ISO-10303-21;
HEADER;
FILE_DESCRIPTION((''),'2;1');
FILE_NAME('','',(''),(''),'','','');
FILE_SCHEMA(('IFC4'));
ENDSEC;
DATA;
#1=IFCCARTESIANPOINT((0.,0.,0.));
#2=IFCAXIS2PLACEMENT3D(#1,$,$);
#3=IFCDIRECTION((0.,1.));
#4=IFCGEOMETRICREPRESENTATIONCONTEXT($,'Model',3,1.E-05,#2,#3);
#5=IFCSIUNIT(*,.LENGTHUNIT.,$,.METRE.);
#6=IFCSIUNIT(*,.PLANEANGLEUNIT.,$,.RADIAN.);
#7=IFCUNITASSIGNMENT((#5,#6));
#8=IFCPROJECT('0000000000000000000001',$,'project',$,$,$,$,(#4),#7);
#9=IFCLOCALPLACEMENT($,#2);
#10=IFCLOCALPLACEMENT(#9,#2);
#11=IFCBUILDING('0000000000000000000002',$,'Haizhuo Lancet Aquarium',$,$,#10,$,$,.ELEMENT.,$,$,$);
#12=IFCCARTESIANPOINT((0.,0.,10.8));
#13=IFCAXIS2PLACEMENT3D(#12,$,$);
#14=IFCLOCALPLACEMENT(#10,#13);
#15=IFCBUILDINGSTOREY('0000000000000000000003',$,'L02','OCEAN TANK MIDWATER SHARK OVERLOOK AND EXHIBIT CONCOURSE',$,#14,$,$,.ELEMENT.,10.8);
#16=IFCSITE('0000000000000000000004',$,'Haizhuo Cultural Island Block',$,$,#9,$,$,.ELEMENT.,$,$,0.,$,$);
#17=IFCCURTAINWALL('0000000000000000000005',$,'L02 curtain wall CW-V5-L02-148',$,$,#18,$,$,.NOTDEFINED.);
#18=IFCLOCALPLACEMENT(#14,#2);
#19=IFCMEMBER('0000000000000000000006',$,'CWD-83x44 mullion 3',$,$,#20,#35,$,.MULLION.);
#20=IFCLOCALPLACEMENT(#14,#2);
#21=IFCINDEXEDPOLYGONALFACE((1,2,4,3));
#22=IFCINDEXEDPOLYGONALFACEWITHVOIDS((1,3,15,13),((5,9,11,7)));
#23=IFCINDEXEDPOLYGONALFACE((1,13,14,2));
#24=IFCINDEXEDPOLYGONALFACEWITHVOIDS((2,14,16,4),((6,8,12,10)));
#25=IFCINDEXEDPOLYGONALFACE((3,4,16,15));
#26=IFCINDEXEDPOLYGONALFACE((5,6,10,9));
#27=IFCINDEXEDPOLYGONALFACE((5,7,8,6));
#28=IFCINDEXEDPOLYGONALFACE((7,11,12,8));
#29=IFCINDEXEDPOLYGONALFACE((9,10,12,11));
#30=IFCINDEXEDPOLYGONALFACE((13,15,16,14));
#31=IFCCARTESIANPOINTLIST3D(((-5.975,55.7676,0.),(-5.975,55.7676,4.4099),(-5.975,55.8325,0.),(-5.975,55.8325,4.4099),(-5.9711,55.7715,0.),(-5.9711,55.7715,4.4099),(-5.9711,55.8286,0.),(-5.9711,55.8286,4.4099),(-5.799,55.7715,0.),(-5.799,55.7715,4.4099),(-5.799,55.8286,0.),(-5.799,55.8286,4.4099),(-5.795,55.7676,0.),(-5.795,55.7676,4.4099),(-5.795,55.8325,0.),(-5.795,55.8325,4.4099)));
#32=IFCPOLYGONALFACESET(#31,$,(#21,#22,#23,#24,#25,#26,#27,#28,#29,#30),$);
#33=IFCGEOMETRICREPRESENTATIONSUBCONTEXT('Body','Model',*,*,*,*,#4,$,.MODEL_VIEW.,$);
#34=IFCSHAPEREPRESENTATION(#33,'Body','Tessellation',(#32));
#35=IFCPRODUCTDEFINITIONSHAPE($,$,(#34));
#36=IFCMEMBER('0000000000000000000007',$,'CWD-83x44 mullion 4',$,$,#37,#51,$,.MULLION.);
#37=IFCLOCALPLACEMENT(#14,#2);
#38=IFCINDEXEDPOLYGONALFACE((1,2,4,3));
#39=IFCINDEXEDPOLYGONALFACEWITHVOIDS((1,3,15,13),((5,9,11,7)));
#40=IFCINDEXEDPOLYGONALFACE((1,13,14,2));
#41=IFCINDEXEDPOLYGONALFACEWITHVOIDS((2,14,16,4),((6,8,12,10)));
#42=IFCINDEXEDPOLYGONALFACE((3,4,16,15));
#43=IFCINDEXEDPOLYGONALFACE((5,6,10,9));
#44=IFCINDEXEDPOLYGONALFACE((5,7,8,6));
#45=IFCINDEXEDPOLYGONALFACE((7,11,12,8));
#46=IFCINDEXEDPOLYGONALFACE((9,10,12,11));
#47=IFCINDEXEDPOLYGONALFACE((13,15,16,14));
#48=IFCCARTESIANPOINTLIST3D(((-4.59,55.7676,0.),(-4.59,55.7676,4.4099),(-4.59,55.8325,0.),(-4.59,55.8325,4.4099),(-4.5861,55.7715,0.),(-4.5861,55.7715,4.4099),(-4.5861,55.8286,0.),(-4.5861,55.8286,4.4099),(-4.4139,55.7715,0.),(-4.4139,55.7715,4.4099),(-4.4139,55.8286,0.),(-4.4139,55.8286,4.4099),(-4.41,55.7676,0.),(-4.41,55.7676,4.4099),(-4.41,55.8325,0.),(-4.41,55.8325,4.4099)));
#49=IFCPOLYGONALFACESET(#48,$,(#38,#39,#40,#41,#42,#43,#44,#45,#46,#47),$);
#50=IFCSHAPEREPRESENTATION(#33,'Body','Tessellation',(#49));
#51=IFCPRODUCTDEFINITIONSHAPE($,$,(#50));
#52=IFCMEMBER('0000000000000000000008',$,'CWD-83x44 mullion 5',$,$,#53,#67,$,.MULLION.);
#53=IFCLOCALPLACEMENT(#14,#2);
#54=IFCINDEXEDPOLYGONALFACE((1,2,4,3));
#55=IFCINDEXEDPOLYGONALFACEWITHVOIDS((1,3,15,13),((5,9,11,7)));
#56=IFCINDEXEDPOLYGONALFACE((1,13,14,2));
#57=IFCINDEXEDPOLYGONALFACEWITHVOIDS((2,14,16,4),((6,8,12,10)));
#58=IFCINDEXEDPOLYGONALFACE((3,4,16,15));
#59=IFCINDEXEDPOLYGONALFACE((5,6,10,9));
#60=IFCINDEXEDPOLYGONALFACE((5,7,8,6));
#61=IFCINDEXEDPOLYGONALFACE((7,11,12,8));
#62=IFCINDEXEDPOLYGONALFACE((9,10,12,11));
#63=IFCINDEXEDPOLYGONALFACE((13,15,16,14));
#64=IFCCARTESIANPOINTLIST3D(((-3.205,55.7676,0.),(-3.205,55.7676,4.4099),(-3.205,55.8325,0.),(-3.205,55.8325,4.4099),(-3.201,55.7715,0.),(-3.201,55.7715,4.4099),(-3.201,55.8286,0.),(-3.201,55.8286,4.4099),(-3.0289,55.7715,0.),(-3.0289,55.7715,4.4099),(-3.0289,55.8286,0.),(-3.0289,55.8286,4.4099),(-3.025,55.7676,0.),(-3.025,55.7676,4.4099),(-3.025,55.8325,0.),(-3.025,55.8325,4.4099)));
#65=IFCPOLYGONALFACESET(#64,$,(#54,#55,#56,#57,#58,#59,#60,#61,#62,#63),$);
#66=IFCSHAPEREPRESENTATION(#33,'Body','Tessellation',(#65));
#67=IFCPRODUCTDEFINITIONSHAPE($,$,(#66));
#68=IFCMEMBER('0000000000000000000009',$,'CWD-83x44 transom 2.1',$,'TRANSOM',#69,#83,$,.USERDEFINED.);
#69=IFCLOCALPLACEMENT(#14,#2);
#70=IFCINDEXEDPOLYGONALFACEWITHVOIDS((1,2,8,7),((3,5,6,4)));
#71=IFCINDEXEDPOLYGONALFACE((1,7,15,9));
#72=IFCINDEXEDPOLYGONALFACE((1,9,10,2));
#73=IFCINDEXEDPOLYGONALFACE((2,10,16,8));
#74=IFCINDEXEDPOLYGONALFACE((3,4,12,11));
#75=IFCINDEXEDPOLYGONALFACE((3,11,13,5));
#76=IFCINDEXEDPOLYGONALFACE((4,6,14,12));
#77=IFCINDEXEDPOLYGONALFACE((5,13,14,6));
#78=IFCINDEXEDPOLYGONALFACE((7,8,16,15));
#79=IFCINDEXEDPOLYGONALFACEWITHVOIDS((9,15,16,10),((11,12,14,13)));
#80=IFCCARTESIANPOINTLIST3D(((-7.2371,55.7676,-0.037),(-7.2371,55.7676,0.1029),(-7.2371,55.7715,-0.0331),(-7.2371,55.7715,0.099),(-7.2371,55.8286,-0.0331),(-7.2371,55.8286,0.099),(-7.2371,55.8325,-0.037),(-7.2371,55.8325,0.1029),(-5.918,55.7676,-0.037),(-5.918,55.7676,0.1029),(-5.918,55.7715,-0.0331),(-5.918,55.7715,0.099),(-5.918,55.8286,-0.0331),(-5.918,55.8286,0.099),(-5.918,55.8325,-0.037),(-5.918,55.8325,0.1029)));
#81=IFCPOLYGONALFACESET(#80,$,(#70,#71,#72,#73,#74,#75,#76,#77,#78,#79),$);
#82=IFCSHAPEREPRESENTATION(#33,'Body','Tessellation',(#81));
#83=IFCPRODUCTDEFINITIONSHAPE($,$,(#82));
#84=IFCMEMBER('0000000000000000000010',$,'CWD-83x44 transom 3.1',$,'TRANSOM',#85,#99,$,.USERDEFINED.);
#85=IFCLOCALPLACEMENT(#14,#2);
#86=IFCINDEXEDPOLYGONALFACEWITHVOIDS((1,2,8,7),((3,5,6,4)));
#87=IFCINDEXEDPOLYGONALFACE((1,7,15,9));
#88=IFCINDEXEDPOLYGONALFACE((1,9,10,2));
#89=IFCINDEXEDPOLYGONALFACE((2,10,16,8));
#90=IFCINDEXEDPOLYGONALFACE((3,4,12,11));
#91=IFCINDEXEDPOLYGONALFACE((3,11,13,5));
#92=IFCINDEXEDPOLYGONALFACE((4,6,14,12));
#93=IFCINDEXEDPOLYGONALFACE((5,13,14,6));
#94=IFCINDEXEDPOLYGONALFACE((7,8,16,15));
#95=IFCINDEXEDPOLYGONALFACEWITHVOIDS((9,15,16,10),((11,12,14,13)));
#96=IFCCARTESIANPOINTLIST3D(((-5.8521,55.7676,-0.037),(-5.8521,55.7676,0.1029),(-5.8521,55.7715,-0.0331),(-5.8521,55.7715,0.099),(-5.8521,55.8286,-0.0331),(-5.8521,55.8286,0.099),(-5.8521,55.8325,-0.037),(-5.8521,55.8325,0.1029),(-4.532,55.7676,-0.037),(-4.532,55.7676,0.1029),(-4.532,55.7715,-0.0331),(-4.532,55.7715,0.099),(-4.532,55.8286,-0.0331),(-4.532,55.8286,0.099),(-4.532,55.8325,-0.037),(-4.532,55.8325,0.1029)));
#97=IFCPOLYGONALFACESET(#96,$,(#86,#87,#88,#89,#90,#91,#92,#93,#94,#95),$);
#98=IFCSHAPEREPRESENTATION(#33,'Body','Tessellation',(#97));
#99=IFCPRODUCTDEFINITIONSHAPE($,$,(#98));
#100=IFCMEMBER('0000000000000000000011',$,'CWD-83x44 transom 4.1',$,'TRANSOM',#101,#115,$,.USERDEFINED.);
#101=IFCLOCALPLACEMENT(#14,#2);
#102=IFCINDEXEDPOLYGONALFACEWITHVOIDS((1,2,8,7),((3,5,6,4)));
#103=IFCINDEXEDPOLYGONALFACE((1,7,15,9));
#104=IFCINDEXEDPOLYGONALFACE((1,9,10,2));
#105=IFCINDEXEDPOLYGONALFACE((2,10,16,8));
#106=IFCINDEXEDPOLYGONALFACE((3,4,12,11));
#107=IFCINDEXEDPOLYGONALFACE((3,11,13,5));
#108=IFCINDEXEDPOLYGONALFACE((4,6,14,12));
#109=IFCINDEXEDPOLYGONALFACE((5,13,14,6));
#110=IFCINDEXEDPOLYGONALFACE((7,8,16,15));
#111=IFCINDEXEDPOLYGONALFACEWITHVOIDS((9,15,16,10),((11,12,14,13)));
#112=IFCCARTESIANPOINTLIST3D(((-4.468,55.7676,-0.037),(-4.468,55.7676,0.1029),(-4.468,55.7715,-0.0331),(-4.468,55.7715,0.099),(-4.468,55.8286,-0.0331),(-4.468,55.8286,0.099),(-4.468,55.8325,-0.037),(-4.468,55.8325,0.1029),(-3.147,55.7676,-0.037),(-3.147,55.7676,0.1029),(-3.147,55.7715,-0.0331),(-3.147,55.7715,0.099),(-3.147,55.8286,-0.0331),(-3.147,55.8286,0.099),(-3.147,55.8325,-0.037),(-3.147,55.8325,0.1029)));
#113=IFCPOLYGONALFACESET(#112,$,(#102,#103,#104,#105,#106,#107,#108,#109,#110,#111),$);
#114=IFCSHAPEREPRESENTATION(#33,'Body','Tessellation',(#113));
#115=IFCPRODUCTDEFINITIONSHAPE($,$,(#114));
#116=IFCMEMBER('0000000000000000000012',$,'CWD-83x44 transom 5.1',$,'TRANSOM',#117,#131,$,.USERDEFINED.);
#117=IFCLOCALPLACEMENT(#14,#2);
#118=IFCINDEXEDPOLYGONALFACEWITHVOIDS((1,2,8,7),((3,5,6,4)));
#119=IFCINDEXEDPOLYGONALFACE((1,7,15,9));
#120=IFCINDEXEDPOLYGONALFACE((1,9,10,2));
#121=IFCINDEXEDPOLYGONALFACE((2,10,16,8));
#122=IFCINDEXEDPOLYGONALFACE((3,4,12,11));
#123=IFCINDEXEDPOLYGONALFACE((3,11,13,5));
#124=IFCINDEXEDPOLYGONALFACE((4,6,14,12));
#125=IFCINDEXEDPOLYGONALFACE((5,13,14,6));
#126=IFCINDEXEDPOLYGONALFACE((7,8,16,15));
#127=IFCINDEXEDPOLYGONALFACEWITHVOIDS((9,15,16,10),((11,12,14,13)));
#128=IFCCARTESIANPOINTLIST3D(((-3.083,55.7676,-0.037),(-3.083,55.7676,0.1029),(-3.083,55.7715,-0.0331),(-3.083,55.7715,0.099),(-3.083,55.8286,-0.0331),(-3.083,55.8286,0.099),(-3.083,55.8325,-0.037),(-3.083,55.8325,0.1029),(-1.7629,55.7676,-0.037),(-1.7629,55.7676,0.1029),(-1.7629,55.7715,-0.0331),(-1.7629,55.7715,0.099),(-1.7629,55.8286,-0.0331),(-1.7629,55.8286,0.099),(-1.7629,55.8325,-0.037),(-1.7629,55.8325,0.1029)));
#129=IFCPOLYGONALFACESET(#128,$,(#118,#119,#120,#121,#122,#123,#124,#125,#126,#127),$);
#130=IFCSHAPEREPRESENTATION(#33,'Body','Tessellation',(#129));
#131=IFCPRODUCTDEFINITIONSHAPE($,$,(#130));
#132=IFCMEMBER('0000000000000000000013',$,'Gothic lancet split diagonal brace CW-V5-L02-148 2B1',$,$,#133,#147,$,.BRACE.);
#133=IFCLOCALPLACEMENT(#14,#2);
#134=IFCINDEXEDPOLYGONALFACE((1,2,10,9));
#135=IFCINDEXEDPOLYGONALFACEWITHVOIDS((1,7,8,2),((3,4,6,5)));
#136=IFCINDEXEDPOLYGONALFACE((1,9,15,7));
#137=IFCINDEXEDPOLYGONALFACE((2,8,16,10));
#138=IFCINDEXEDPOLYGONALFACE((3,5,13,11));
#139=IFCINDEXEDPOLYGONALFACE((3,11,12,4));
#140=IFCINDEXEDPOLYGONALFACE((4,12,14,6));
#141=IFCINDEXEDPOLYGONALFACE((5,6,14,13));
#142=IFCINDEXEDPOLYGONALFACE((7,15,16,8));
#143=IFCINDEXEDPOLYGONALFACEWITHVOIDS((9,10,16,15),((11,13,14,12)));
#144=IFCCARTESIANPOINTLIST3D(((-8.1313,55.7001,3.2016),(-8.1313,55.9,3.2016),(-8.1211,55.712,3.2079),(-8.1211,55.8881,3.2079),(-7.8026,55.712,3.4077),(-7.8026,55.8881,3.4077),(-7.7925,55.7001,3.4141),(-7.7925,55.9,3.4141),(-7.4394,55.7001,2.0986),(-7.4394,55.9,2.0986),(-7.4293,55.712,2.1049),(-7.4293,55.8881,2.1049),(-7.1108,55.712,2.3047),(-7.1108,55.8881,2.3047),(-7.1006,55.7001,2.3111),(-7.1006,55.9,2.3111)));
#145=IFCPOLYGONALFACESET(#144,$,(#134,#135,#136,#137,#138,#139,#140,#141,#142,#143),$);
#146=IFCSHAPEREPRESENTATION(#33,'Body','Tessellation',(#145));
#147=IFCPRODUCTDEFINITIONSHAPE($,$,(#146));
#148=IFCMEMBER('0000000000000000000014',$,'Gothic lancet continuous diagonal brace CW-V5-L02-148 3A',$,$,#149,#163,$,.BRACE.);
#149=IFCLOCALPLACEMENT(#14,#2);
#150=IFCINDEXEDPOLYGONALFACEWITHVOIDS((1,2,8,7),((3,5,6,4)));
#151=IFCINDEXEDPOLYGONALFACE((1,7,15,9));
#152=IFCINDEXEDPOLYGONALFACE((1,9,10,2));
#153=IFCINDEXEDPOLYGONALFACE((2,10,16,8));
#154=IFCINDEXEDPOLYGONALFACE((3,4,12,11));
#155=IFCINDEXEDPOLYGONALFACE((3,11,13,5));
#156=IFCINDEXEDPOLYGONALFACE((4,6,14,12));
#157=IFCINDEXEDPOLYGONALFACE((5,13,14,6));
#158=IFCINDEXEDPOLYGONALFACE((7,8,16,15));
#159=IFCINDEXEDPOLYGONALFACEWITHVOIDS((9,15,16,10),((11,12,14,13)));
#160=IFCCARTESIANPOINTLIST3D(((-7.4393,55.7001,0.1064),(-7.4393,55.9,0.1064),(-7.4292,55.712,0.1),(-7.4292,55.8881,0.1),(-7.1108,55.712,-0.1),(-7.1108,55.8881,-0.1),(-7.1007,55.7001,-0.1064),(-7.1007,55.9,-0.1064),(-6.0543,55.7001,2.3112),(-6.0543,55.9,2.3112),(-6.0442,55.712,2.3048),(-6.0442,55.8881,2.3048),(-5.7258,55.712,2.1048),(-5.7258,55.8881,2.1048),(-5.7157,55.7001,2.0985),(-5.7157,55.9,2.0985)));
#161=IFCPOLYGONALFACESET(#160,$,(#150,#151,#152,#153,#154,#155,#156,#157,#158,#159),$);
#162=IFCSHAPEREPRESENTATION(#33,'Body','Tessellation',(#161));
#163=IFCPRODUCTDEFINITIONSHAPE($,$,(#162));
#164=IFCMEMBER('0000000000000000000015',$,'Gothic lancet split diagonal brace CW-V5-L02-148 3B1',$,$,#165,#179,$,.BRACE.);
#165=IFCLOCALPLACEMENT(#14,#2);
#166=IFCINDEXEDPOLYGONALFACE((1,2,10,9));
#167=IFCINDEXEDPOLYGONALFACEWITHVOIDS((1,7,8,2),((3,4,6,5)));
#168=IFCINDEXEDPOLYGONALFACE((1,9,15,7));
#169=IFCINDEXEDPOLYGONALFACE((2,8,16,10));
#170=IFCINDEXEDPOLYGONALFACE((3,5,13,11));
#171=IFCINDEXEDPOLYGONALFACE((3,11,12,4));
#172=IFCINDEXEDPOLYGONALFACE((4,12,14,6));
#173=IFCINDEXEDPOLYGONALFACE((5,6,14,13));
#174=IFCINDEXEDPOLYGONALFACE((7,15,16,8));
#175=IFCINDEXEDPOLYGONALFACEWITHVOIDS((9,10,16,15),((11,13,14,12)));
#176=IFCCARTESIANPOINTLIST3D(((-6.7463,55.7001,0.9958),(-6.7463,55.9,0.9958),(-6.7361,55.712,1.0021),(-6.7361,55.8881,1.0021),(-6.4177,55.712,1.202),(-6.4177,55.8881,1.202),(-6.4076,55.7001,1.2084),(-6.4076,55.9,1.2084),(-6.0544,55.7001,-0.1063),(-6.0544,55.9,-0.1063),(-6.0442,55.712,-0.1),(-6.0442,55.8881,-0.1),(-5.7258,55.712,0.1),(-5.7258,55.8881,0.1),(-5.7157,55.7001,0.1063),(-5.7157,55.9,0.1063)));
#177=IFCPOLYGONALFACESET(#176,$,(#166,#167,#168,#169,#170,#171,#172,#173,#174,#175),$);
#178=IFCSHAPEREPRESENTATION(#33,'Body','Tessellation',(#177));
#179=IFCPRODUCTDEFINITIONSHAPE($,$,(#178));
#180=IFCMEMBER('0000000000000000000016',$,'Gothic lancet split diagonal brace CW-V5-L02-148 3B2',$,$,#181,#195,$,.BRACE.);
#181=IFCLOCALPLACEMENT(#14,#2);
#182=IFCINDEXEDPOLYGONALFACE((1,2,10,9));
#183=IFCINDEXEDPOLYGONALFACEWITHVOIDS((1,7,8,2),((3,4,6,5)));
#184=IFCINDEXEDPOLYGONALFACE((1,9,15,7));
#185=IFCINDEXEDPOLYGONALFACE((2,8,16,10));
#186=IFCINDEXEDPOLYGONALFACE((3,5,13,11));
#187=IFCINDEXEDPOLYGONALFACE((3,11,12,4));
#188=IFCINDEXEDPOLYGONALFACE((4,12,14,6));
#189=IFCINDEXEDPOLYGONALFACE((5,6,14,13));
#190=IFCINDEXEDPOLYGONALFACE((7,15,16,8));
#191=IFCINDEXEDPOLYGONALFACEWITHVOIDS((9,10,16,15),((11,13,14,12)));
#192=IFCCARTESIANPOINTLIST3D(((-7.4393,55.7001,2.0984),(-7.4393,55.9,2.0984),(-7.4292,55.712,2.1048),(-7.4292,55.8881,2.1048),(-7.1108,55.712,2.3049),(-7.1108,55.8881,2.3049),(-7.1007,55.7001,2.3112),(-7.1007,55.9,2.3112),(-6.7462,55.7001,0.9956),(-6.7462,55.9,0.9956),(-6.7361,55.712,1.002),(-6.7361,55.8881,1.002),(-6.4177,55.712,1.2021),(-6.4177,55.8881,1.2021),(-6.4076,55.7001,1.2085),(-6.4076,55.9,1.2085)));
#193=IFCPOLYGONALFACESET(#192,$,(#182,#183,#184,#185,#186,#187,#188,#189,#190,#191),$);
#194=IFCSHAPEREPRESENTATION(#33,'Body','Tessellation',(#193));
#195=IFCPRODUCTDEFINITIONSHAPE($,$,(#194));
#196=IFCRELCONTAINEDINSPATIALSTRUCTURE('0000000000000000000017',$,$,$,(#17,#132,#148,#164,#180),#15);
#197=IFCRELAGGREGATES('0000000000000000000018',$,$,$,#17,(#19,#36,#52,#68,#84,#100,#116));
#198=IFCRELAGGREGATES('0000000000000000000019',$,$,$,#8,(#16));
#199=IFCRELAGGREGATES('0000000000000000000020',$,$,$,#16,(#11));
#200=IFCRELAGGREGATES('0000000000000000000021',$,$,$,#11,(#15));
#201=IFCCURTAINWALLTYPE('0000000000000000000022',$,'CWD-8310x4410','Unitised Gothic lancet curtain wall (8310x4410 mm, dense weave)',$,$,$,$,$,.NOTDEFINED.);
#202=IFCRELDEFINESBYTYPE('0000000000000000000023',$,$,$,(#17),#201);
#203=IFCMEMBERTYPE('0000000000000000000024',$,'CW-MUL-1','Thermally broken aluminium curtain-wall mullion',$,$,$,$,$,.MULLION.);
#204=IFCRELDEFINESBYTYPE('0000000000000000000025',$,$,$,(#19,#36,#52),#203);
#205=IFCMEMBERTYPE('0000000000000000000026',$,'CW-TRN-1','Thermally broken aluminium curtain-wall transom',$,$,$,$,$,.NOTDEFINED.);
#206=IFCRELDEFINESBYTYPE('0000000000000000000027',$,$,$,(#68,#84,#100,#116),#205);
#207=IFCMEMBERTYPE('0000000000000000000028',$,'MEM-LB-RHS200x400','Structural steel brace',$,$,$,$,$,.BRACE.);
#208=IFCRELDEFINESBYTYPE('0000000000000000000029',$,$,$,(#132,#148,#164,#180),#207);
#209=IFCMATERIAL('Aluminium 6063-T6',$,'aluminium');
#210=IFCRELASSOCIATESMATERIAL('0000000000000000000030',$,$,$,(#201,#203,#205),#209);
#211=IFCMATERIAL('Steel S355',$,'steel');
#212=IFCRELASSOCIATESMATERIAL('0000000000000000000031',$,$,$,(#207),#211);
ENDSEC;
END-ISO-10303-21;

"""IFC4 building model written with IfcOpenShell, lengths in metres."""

from ifc_helpers import new_model, si_unit, direction, frame, origin, origin_2d, place, context, subcontext, project, spatial, hollow_rectangle, extrude, material, material_profile, profile_set, type_object, element, aggregate, save


model = new_model("IFC4")

# Units and contexts
model_context = context("Model", 3, precision=1e-05, world=origin(), true_north=direction((0.0, 1.0)))
body_context = subcontext(model_context, "Body", "Model", "MODEL_VIEW")
ifc_project = project(units=[si_unit("LENGTHUNIT", "METRE"), si_unit("PLANEANGLEUNIT", "RADIAN")], contexts=[model_context])

# Site, building, storey
site_placement = place(None, origin())
site = spatial("IfcSite", under=ifc_project, at=site_placement, Name="Haizhuo Cultural Island Block", CompositionType="ELEMENT", RefElevation=0.0)
building_placement = place(site_placement, origin())
building = spatial("IfcBuilding", under=site, at=building_placement, Name="Haizhuo Lancet Aquarium", CompositionType="ELEMENT")
storey_placement = place(building_placement, frame((0.0, 0.0, 10.8)))
storey = spatial("IfcBuildingStorey", under=building, at=storey_placement, Name="L02", Description="OCEAN TANK MIDWATER SHARK OVERLOOK AND EXHIBIT CONCOURSE", CompositionType="ELEMENT", Elevation=10.8)

# Curtain wall, members
ifc_material_1 = material(Name="Aluminium 6063-T6", Category="aluminium")
curtain_wall_type = type_object("IfcCurtainWallType", Name="CWD-8310x4410", Description="Unitised Gothic lancet curtain wall (8310x4410 mm, dense weave)", PredefinedType="NOTDEFINED", material=ifc_material_1)
curtain_wall_placement = place(storey_placement, origin())
curtain_wall = element("IfcCurtainWall", 1, at=curtain_wall_placement, inside=storey, type_object=curtain_wall_type, Name="L02 curtain wall CW-V5-L02-148", PredefinedType="NOTDEFINED")
ifc_material_profile_1 = material_profile(ifc_material_1, hollow_rectangle(XDim=0.0649, YDim=0.1799, WallThickness=0.0039, at=origin_2d()), Name="ALU-M 65x180x4")
ifc_profile_set_1 = profile_set([ifc_material_profile_1], Name="Aluminium 6063-T6")
member_type_1 = type_object("IfcMemberType", Name="CW-MUL-1", Description="Thermally broken aluminium curtain-wall mullion", PredefinedType="MULLION", material=ifc_profile_set_1)
member_1_placement = place(storey_placement, frame((-5.885, 55.8, 0.0), z_axis=(0.0, 0.0, 1.0), x_axis=(0.0, 1.0, 0.0)))
member_1 = element("IfcMember", 2, at=member_1_placement, type_object=member_type_1, Name="CWD-83x44 mullion 3", PredefinedType="MULLION", context=body_context, shape_type="SweptSolid", body=[
    extrude(hollow_rectangle(XDim=0.0649, YDim=0.1799, WallThickness=0.0039, at=origin_2d()), origin(), (0.0, 0.0, 1.0), 4.4099),
])
member_2_placement = place(storey_placement, frame((-4.5, 55.8, 0.0), z_axis=(0.0, 0.0, 1.0), x_axis=(0.0, 1.0, 0.0)))
member_2 = element("IfcMember", 3, at=member_2_placement, type_object=member_type_1, Name="CWD-83x44 mullion 4", PredefinedType="MULLION", context=body_context, shape_type="SweptSolid", body=[
    extrude(hollow_rectangle(XDim=0.0649, YDim=0.1799, WallThickness=0.0039, at=origin_2d()), origin(), (0.0, 0.0, 1.0), 4.4099),
])
member_3_placement = place(storey_placement, frame((-3.115, 55.8, 0.0), z_axis=(0.0, 0.0, 1.0), x_axis=(0.0, 1.0, 0.0)))
member_3 = element("IfcMember", 4, at=member_3_placement, type_object=member_type_1, Name="CWD-83x44 mullion 5", PredefinedType="MULLION", context=body_context, shape_type="SweptSolid", body=[
    extrude(hollow_rectangle(XDim=0.0649, YDim=0.1799, WallThickness=0.0039, at=origin_2d()), origin(), (0.0, 0.0, 1.0), 4.4099),
])
ifc_material_profile_2 = material_profile(ifc_material_1, hollow_rectangle(XDim=0.0649, YDim=0.1399, WallThickness=0.0039, at=origin_2d()), Name="ALU-T 65x140x4")
ifc_profile_set_2 = profile_set([ifc_material_profile_2], Name="Aluminium 6063-T6")
member_type_2 = type_object("IfcMemberType", Name="CW-TRN-1", Description="Thermally broken aluminium curtain-wall transom", PredefinedType="NOTDEFINED", material=ifc_profile_set_2)
member_4_placement = place(storey_placement, frame((-7.2371, 55.8, 0.033), z_axis=(1.0, 0.0, 0.0), x_axis=(0.0, 1.0, 0.0)))
member_4 = element("IfcMember", 5, at=member_4_placement, type_object=member_type_2, Name="CWD-83x44 transom 2.1", ObjectType="TRANSOM", PredefinedType="USERDEFINED", context=body_context, shape_type="SweptSolid", body=[
    extrude(hollow_rectangle(XDim=0.0649, YDim=0.1399, WallThickness=0.0039, at=origin_2d()), origin(), (0.0, 0.0, 1.0), 1.3191),
])
member_5_placement = place(storey_placement, frame((-5.8521, 55.8, 0.033), z_axis=(1.0, 0.0, 0.0), x_axis=(0.0, 1.0, 0.0)))
member_5 = element("IfcMember", 6, at=member_5_placement, type_object=member_type_2, Name="CWD-83x44 transom 3.1", ObjectType="TRANSOM", PredefinedType="USERDEFINED", context=body_context, shape_type="SweptSolid", body=[
    extrude(hollow_rectangle(XDim=0.0649, YDim=0.1399, WallThickness=0.0039, at=origin_2d()), origin(), (0.0, 0.0, 1.0), 1.3201),
])
member_6_placement = place(storey_placement, frame((-4.468, 55.8, 0.033), z_axis=(1.0, 0.0, 0.0), x_axis=(0.0, 1.0, 0.0)))
member_6 = element("IfcMember", 7, at=member_6_placement, type_object=member_type_2, Name="CWD-83x44 transom 4.1", ObjectType="TRANSOM", PredefinedType="USERDEFINED", context=body_context, shape_type="SweptSolid", body=[
    extrude(hollow_rectangle(XDim=0.0649, YDim=0.1399, WallThickness=0.0039, at=origin_2d()), origin(), (0.0, 0.0, 1.0), 1.321),
])
member_7_placement = place(storey_placement, frame((-3.083, 55.8, 0.033), z_axis=(1.0, 0.0, 0.0), x_axis=(0.0, 1.0, 0.0)))
member_7 = element("IfcMember", 8, at=member_7_placement, type_object=member_type_2, Name="CWD-83x44 transom 5.1", ObjectType="TRANSOM", PredefinedType="USERDEFINED", context=body_context, shape_type="SweptSolid", body=[
    extrude(hollow_rectangle(XDim=0.0649, YDim=0.1399, WallThickness=0.0039, at=origin_2d()), origin(), (0.0, 0.0, 1.0), 1.3201),
])

# Members
ifc_material_2 = material(Name="Steel S355", Category="steel")
ifc_material_profile_3 = material_profile(ifc_material_2, hollow_rectangle(XDim=0.2, YDim=0.3999, WallThickness=0.012, at=origin_2d()), Name="RHS 200x400x12")
ifc_profile_set_3 = profile_set([ifc_material_profile_3], Name="Steel S355")
member_type_3 = type_object("IfcMemberType", Name="MEM-LB-RHS200x400", Description="Structural steel brace", PredefinedType="BRACE", material=ifc_profile_set_3)
member_8_placement = place(storey_placement, frame((-7.27, 55.8, 2.2048), z_axis=(-0.53138, 0.0, 0.847133), x_axis=(0.0, -1.0, 0.0)))
element("IfcMember", 9, at=member_8_placement, inside=storey, type_object=member_type_3, Name="Gothic lancet split diagonal brace CW-V5-L02-148 2B1", PredefinedType="BRACE", context=body_context, shape_type="SweptSolid", body=[
    extrude(hollow_rectangle(XDim=0.2, YDim=0.3999, WallThickness=0.012, at=origin_2d()), origin(), (0.0, 0.0, 1.0), 1.302),
])
member_9_placement = place(storey_placement, frame((-7.27, 55.8, 0.0), z_axis=(0.531928, 0.0, 0.84679), x_axis=(0.0, 1.0, 0.0)))
element("IfcMember", 10, at=member_9_placement, inside=storey, type_object=member_type_3, Name="Gothic lancet continuous diagonal brace CW-V5-L02-148 3A", PredefinedType="BRACE", context=body_context, shape_type="SweptSolid", body=[
    extrude(hollow_rectangle(XDim=0.2, YDim=0.3999, WallThickness=0.012, at=origin_2d()), origin(), (0.0, 0.0, 1.0), 2.6038),
])
member_10_placement = place(storey_placement, frame((-5.885, 55.8, 0.0), z_axis=(-0.531718, 0.0, 0.846921), x_axis=(0.0, -1.0, 0.0)))
element("IfcMember", 11, at=member_10_placement, inside=storey, type_object=member_type_3, Name="Gothic lancet split diagonal brace CW-V5-L02-148 3B1", PredefinedType="BRACE", context=body_context, shape_type="SweptSolid", body=[
    extrude(hollow_rectangle(XDim=0.2, YDim=0.3999, WallThickness=0.012, at=origin_2d()), origin(), (0.0, 0.0, 1.0), 1.3013),
])
member_11_placement = place(storey_placement, frame((-6.5769, 55.8, 1.1021), z_axis=(-0.532137, 0.0, 0.846658), x_axis=(0.0, -1.0, 0.0)))
element("IfcMember", 12, at=member_11_placement, inside=storey, type_object=member_type_3, Name="Gothic lancet split diagonal brace CW-V5-L02-148 3B2", PredefinedType="BRACE", context=body_context, shape_type="SweptSolid", body=[
    extrude(hollow_rectangle(XDim=0.2, YDim=0.3999, WallThickness=0.012, at=origin_2d()), origin(), (0.0, 0.0, 1.0), 1.3025),
])

aggregate(curtain_wall, [member_1, member_2, member_3, member_4, member_5, member_6, member_7])

save(model, "model.ifc")
